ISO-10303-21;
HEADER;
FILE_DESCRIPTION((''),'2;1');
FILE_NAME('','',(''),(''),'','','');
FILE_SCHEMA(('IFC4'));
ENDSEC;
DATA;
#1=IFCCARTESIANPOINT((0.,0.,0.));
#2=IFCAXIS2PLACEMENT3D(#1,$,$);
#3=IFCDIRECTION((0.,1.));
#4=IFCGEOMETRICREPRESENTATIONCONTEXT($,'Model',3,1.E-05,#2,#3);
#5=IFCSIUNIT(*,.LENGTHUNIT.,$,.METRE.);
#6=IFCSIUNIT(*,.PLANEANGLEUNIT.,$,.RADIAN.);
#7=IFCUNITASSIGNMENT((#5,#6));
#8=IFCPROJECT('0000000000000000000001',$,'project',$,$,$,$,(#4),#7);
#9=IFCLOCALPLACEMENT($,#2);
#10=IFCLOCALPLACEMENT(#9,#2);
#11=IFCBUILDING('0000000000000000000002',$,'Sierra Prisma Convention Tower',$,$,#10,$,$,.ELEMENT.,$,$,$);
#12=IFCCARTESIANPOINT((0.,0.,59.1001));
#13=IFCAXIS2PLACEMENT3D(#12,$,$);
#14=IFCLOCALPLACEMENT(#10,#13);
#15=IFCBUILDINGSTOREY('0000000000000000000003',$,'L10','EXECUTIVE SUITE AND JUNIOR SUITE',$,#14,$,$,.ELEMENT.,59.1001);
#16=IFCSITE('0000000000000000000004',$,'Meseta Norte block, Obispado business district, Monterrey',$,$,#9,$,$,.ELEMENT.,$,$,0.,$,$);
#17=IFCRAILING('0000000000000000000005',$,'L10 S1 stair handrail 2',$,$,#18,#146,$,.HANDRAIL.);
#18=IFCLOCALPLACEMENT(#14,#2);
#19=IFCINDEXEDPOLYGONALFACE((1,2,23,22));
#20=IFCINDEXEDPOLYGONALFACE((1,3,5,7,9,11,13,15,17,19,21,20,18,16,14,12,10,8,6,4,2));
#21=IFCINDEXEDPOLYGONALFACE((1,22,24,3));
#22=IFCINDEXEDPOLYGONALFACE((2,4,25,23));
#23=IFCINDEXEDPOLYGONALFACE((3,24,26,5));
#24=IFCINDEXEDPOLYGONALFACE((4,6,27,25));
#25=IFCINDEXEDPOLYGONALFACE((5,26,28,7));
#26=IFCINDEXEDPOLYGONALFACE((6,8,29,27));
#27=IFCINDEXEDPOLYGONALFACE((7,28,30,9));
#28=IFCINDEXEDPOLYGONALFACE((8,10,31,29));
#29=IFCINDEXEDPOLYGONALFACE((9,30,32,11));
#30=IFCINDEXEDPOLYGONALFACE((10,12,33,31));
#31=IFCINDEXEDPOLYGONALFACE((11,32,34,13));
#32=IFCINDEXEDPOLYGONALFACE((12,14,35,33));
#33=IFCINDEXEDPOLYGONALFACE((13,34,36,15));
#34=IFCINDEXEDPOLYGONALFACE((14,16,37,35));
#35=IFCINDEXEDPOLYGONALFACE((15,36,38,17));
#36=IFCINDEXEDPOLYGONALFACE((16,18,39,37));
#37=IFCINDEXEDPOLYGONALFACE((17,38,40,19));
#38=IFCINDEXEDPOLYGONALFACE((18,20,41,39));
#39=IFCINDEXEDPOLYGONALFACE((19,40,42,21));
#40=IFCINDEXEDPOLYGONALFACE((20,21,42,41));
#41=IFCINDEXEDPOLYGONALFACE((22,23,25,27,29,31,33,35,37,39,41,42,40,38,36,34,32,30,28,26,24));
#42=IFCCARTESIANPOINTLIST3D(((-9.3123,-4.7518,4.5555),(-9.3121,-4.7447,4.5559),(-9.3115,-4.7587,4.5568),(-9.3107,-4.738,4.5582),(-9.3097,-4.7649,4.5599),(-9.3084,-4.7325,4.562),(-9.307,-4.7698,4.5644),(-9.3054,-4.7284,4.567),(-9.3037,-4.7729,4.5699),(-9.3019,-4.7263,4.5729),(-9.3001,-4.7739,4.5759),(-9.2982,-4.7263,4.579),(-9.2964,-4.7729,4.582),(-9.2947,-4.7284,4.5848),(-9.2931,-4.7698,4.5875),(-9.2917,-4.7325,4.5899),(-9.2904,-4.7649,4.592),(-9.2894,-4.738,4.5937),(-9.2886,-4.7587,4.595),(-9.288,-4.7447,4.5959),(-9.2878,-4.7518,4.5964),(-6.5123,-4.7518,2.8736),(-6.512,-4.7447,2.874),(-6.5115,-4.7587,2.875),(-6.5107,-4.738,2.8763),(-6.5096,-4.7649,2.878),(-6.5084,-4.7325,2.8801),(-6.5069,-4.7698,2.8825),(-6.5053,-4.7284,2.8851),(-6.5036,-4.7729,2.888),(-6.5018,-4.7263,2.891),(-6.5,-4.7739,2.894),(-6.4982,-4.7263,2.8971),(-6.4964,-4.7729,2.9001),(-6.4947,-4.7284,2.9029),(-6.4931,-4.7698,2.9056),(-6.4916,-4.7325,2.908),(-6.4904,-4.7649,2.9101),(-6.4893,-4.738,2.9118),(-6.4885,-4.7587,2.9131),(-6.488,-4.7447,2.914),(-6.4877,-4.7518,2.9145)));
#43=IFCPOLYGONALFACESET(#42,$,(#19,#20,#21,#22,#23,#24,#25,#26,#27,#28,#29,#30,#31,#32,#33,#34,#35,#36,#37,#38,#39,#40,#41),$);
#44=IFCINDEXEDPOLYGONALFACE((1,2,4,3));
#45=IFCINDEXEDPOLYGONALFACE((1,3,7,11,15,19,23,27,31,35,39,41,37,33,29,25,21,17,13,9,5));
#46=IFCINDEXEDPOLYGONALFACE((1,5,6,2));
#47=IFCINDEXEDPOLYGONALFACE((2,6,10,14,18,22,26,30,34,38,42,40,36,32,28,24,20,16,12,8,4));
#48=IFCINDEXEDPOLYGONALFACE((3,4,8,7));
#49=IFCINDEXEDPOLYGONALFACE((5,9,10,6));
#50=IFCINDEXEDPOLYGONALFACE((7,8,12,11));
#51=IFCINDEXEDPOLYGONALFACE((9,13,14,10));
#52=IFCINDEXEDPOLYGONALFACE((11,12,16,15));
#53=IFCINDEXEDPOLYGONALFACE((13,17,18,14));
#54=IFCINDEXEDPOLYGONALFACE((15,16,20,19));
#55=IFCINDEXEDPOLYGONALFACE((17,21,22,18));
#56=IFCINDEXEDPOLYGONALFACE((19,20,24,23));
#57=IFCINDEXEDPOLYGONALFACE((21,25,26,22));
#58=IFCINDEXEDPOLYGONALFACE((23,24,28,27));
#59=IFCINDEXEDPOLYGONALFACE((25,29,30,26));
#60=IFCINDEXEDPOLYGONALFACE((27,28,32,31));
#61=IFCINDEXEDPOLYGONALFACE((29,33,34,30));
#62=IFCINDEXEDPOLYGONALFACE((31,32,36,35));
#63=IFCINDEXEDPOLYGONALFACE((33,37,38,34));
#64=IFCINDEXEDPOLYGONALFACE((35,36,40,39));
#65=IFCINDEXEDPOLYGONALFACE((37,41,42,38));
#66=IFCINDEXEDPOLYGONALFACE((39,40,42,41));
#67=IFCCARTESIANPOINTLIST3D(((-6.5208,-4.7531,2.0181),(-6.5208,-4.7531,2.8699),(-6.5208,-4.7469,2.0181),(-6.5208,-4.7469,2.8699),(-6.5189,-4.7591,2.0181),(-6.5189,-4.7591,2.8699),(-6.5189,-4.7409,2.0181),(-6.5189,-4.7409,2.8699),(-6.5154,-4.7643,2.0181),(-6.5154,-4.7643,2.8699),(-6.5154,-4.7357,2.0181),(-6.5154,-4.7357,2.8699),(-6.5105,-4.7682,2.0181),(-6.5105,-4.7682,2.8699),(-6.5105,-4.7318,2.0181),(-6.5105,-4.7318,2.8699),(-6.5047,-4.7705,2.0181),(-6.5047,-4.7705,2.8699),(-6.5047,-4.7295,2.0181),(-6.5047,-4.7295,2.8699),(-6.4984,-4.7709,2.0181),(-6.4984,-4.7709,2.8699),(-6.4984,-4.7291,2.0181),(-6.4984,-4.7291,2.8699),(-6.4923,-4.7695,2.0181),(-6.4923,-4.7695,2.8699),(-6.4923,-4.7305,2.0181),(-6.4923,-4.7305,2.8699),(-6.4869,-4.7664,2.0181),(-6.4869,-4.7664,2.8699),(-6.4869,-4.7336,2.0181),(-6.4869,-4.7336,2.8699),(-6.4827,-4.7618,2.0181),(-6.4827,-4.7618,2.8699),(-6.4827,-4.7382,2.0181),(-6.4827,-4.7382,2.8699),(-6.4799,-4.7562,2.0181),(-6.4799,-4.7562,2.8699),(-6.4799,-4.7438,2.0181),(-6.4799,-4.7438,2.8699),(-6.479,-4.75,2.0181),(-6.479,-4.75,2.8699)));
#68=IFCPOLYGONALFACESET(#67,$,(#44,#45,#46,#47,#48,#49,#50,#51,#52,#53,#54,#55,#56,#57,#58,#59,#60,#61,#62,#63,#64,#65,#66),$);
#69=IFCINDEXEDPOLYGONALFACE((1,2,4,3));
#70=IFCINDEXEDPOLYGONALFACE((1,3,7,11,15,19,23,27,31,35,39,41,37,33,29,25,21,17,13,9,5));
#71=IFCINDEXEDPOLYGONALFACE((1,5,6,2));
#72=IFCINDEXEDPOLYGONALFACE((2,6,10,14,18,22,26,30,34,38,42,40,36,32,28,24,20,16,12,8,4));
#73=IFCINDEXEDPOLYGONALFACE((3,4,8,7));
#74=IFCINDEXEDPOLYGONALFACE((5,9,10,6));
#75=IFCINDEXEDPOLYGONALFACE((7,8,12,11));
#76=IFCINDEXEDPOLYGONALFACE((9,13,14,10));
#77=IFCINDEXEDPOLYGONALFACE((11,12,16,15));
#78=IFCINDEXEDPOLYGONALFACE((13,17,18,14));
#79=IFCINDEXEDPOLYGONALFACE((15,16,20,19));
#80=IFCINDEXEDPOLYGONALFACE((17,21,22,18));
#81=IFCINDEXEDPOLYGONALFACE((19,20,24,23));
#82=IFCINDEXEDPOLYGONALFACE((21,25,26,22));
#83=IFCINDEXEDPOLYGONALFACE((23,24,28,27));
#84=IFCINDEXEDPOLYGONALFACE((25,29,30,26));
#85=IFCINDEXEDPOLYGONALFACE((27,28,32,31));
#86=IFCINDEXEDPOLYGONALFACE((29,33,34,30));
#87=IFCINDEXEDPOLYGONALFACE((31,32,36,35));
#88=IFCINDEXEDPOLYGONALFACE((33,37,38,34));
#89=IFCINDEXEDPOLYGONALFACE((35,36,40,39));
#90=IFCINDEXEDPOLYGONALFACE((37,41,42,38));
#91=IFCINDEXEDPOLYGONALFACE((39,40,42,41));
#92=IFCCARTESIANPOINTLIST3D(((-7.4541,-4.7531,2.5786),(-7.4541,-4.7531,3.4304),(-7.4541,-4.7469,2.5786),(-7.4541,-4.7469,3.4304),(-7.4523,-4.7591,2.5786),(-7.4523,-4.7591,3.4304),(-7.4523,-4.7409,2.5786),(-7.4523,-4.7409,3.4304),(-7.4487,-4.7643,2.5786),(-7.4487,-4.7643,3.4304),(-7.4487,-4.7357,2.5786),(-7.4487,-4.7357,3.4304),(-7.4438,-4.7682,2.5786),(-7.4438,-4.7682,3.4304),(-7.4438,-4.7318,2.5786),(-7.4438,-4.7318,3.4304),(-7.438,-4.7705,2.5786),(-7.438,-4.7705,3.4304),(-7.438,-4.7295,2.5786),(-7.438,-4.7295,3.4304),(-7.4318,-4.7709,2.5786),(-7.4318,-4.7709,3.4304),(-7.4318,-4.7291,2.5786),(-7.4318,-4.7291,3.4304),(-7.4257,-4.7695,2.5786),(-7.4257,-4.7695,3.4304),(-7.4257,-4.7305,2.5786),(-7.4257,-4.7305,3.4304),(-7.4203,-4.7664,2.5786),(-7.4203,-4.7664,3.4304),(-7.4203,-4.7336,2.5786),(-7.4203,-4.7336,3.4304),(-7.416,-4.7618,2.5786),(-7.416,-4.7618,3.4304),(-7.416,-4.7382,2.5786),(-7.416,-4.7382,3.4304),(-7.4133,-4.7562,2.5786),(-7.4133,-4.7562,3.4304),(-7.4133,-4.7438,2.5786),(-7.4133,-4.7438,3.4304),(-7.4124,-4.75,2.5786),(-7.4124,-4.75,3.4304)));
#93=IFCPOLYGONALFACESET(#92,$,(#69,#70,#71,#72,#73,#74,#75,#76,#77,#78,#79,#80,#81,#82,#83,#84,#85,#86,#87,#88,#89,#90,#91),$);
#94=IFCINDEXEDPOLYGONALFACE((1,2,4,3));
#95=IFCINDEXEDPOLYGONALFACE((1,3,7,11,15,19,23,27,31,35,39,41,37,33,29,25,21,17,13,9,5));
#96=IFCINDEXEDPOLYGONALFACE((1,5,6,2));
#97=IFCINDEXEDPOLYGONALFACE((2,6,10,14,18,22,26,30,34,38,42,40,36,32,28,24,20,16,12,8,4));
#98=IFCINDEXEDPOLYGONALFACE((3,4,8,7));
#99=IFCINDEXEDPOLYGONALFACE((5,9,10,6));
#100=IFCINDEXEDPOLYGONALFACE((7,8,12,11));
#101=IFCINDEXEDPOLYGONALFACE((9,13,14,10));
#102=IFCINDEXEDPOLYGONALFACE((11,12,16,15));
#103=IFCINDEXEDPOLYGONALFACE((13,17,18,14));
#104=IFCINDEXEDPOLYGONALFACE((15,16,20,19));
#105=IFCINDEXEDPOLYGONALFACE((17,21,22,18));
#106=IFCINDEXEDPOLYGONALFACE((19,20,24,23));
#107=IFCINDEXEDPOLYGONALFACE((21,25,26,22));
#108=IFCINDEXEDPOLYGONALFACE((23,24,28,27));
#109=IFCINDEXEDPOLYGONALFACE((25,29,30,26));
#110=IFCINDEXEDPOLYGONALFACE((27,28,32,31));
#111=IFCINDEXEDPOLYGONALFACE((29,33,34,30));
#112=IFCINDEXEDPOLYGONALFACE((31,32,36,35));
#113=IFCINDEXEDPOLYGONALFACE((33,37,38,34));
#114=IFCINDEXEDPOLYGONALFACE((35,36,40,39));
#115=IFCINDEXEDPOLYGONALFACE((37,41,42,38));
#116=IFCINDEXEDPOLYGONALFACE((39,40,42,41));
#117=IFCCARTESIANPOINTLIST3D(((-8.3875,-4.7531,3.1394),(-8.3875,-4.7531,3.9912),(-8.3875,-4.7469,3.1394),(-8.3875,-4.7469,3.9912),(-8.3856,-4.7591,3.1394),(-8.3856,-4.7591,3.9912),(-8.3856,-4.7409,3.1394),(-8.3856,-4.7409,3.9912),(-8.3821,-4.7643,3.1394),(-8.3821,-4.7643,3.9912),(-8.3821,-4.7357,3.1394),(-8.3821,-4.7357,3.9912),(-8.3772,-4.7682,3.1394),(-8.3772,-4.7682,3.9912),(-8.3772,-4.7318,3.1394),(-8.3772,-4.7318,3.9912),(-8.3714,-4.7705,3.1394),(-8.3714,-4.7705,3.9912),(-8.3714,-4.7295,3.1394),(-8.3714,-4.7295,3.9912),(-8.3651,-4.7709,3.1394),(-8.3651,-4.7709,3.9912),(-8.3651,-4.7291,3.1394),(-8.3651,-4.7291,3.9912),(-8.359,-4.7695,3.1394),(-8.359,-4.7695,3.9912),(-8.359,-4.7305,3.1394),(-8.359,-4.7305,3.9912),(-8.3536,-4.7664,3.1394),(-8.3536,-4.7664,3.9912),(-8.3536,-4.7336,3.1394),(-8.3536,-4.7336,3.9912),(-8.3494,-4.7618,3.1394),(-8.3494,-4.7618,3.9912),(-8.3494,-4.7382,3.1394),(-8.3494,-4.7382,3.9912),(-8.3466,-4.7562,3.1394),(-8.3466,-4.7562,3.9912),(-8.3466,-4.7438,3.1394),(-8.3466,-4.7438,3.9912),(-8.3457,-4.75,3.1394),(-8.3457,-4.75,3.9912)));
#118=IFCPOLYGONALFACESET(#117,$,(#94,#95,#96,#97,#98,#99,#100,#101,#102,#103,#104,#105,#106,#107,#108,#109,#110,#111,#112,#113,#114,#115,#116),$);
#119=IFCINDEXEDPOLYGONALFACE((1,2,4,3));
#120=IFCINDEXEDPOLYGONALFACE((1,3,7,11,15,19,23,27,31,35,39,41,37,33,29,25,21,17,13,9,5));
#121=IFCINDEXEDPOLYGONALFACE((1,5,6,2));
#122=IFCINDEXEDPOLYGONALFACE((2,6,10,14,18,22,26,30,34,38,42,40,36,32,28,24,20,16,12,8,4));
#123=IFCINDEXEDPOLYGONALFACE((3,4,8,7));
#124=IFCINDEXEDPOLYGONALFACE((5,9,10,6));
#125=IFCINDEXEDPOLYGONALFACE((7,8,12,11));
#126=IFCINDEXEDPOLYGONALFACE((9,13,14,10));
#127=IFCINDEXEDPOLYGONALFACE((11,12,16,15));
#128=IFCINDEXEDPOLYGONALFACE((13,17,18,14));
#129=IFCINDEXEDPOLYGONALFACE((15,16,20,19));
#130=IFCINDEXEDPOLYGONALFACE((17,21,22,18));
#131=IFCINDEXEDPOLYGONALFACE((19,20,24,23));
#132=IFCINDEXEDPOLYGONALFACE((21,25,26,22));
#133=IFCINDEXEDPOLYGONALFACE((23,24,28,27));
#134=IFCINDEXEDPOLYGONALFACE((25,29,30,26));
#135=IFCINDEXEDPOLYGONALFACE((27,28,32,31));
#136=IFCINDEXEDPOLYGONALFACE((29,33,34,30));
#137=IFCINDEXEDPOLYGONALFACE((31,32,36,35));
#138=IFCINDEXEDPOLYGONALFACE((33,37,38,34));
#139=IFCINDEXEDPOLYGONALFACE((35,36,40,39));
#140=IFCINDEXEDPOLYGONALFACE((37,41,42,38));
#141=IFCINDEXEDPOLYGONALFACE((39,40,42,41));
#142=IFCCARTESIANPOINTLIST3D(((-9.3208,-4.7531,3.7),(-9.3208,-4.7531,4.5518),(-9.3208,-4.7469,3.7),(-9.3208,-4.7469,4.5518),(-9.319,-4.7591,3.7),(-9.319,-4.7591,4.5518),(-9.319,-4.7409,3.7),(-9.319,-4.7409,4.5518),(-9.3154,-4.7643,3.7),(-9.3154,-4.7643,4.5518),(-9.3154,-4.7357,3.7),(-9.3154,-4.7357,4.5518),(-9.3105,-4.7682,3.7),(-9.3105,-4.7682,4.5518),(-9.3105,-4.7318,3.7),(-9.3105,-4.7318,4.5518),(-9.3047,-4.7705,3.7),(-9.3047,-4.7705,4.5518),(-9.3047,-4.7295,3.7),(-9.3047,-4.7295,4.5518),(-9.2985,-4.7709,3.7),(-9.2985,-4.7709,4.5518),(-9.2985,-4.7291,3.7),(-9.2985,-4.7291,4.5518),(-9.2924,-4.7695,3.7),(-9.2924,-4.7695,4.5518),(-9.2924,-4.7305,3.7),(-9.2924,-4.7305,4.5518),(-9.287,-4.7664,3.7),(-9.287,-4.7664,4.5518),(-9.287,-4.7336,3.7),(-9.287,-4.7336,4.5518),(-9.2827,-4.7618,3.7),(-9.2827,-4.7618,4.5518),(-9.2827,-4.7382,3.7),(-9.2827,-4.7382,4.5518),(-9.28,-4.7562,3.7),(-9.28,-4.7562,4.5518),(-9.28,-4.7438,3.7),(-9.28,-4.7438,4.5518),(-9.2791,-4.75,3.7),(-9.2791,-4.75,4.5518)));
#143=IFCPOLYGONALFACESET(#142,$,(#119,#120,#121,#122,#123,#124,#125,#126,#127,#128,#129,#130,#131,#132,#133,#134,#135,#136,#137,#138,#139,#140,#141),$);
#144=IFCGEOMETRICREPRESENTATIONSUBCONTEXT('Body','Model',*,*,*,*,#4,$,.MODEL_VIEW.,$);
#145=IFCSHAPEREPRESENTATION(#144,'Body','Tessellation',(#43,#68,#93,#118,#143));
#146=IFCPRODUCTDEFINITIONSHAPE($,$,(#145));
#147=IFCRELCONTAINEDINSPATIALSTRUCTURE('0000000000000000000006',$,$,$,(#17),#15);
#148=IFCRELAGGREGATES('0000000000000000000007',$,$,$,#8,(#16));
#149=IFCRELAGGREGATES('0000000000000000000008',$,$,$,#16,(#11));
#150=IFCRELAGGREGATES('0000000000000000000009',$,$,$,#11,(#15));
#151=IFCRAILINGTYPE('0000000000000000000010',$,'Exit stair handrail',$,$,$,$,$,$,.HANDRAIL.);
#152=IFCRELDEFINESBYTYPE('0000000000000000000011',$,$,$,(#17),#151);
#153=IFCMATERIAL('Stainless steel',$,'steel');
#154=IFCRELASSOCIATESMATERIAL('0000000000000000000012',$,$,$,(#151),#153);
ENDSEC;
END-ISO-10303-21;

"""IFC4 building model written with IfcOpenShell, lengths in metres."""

from ifc_helpers import new_model, si_unit, direction, frame, origin, origin_2d, place, context, subcontext, project, spatial, circle, extrude, material, type_object, element, save


model = new_model("IFC4")

# Units and contexts
model_context = context("Model", 3, precision=1e-05, world=origin(), true_north=direction((0.0, 1.0)))
body_context = subcontext(model_context, "Body", "Model", "MODEL_VIEW")
ifc_project = project(units=[si_unit("LENGTHUNIT", "METRE"), si_unit("PLANEANGLEUNIT", "RADIAN")], contexts=[model_context])

# Site, building, storey
site_placement = place(None, origin())
site = spatial("IfcSite", under=ifc_project, at=site_placement, Name="Meseta Norte block, Obispado business district, Monterrey", CompositionType="ELEMENT", RefElevation=0.0)
building_placement = place(site_placement, origin())
building = spatial("IfcBuilding", under=site, at=building_placement, Name="Sierra Prisma Convention Tower", CompositionType="ELEMENT")
storey_placement = place(building_placement, frame((0.0, 0.0, 59.1001)))
storey = spatial("IfcBuildingStorey", under=building, at=storey_placement, Name="L10", Description="EXECUTIVE SUITE AND JUNIOR SUITE", CompositionType="ELEMENT", Elevation=59.1001)

# Railing
ifc_material_1 = material(Name="Stainless steel", Category="steel")
railing_type_1 = type_object("IfcRailingType", Name="Exit stair handrail", PredefinedType="HANDRAIL", material=ifc_material_1)
railing_1_placement = place(storey_placement, frame((-6.5, -4.75, 2.0181)))
element("IfcRailing", 1, at=railing_1_placement, inside=storey, type_object=railing_type_1, Name="L10 S1 stair handrail 2", PredefinedType="HANDRAIL", context=body_context, shape_type="SweptSolid", body=[
    extrude(circle(Radius=0.0239, at=origin_2d()), frame((0.0, 0.0, 0.876), z_axis=(-0.857242, 0.0, 0.514913), x_axis=(0.0, -1.0, 0.0)), (0.0, 0.0, 1.0), 3.2664),
    extrude(circle(Radius=0.021, at=origin_2d()), origin(), (0.0, 0.0, 1.0), 0.8518),
    extrude(circle(Radius=0.021, at=origin_2d()), frame((-0.9333, 0.0, 0.5605)), (0.0, 0.0, 1.0), 0.8518),
    extrude(circle(Radius=0.021, at=origin_2d()), frame((-1.8667, 0.0, 1.1213)), (0.0, 0.0, 1.0), 0.8518),
    extrude(circle(Radius=0.021, at=origin_2d()), frame((-2.8, 0.0, 1.6819)), (0.0, 0.0, 1.0), 0.8518),
])

save(model, "model.ifc")
